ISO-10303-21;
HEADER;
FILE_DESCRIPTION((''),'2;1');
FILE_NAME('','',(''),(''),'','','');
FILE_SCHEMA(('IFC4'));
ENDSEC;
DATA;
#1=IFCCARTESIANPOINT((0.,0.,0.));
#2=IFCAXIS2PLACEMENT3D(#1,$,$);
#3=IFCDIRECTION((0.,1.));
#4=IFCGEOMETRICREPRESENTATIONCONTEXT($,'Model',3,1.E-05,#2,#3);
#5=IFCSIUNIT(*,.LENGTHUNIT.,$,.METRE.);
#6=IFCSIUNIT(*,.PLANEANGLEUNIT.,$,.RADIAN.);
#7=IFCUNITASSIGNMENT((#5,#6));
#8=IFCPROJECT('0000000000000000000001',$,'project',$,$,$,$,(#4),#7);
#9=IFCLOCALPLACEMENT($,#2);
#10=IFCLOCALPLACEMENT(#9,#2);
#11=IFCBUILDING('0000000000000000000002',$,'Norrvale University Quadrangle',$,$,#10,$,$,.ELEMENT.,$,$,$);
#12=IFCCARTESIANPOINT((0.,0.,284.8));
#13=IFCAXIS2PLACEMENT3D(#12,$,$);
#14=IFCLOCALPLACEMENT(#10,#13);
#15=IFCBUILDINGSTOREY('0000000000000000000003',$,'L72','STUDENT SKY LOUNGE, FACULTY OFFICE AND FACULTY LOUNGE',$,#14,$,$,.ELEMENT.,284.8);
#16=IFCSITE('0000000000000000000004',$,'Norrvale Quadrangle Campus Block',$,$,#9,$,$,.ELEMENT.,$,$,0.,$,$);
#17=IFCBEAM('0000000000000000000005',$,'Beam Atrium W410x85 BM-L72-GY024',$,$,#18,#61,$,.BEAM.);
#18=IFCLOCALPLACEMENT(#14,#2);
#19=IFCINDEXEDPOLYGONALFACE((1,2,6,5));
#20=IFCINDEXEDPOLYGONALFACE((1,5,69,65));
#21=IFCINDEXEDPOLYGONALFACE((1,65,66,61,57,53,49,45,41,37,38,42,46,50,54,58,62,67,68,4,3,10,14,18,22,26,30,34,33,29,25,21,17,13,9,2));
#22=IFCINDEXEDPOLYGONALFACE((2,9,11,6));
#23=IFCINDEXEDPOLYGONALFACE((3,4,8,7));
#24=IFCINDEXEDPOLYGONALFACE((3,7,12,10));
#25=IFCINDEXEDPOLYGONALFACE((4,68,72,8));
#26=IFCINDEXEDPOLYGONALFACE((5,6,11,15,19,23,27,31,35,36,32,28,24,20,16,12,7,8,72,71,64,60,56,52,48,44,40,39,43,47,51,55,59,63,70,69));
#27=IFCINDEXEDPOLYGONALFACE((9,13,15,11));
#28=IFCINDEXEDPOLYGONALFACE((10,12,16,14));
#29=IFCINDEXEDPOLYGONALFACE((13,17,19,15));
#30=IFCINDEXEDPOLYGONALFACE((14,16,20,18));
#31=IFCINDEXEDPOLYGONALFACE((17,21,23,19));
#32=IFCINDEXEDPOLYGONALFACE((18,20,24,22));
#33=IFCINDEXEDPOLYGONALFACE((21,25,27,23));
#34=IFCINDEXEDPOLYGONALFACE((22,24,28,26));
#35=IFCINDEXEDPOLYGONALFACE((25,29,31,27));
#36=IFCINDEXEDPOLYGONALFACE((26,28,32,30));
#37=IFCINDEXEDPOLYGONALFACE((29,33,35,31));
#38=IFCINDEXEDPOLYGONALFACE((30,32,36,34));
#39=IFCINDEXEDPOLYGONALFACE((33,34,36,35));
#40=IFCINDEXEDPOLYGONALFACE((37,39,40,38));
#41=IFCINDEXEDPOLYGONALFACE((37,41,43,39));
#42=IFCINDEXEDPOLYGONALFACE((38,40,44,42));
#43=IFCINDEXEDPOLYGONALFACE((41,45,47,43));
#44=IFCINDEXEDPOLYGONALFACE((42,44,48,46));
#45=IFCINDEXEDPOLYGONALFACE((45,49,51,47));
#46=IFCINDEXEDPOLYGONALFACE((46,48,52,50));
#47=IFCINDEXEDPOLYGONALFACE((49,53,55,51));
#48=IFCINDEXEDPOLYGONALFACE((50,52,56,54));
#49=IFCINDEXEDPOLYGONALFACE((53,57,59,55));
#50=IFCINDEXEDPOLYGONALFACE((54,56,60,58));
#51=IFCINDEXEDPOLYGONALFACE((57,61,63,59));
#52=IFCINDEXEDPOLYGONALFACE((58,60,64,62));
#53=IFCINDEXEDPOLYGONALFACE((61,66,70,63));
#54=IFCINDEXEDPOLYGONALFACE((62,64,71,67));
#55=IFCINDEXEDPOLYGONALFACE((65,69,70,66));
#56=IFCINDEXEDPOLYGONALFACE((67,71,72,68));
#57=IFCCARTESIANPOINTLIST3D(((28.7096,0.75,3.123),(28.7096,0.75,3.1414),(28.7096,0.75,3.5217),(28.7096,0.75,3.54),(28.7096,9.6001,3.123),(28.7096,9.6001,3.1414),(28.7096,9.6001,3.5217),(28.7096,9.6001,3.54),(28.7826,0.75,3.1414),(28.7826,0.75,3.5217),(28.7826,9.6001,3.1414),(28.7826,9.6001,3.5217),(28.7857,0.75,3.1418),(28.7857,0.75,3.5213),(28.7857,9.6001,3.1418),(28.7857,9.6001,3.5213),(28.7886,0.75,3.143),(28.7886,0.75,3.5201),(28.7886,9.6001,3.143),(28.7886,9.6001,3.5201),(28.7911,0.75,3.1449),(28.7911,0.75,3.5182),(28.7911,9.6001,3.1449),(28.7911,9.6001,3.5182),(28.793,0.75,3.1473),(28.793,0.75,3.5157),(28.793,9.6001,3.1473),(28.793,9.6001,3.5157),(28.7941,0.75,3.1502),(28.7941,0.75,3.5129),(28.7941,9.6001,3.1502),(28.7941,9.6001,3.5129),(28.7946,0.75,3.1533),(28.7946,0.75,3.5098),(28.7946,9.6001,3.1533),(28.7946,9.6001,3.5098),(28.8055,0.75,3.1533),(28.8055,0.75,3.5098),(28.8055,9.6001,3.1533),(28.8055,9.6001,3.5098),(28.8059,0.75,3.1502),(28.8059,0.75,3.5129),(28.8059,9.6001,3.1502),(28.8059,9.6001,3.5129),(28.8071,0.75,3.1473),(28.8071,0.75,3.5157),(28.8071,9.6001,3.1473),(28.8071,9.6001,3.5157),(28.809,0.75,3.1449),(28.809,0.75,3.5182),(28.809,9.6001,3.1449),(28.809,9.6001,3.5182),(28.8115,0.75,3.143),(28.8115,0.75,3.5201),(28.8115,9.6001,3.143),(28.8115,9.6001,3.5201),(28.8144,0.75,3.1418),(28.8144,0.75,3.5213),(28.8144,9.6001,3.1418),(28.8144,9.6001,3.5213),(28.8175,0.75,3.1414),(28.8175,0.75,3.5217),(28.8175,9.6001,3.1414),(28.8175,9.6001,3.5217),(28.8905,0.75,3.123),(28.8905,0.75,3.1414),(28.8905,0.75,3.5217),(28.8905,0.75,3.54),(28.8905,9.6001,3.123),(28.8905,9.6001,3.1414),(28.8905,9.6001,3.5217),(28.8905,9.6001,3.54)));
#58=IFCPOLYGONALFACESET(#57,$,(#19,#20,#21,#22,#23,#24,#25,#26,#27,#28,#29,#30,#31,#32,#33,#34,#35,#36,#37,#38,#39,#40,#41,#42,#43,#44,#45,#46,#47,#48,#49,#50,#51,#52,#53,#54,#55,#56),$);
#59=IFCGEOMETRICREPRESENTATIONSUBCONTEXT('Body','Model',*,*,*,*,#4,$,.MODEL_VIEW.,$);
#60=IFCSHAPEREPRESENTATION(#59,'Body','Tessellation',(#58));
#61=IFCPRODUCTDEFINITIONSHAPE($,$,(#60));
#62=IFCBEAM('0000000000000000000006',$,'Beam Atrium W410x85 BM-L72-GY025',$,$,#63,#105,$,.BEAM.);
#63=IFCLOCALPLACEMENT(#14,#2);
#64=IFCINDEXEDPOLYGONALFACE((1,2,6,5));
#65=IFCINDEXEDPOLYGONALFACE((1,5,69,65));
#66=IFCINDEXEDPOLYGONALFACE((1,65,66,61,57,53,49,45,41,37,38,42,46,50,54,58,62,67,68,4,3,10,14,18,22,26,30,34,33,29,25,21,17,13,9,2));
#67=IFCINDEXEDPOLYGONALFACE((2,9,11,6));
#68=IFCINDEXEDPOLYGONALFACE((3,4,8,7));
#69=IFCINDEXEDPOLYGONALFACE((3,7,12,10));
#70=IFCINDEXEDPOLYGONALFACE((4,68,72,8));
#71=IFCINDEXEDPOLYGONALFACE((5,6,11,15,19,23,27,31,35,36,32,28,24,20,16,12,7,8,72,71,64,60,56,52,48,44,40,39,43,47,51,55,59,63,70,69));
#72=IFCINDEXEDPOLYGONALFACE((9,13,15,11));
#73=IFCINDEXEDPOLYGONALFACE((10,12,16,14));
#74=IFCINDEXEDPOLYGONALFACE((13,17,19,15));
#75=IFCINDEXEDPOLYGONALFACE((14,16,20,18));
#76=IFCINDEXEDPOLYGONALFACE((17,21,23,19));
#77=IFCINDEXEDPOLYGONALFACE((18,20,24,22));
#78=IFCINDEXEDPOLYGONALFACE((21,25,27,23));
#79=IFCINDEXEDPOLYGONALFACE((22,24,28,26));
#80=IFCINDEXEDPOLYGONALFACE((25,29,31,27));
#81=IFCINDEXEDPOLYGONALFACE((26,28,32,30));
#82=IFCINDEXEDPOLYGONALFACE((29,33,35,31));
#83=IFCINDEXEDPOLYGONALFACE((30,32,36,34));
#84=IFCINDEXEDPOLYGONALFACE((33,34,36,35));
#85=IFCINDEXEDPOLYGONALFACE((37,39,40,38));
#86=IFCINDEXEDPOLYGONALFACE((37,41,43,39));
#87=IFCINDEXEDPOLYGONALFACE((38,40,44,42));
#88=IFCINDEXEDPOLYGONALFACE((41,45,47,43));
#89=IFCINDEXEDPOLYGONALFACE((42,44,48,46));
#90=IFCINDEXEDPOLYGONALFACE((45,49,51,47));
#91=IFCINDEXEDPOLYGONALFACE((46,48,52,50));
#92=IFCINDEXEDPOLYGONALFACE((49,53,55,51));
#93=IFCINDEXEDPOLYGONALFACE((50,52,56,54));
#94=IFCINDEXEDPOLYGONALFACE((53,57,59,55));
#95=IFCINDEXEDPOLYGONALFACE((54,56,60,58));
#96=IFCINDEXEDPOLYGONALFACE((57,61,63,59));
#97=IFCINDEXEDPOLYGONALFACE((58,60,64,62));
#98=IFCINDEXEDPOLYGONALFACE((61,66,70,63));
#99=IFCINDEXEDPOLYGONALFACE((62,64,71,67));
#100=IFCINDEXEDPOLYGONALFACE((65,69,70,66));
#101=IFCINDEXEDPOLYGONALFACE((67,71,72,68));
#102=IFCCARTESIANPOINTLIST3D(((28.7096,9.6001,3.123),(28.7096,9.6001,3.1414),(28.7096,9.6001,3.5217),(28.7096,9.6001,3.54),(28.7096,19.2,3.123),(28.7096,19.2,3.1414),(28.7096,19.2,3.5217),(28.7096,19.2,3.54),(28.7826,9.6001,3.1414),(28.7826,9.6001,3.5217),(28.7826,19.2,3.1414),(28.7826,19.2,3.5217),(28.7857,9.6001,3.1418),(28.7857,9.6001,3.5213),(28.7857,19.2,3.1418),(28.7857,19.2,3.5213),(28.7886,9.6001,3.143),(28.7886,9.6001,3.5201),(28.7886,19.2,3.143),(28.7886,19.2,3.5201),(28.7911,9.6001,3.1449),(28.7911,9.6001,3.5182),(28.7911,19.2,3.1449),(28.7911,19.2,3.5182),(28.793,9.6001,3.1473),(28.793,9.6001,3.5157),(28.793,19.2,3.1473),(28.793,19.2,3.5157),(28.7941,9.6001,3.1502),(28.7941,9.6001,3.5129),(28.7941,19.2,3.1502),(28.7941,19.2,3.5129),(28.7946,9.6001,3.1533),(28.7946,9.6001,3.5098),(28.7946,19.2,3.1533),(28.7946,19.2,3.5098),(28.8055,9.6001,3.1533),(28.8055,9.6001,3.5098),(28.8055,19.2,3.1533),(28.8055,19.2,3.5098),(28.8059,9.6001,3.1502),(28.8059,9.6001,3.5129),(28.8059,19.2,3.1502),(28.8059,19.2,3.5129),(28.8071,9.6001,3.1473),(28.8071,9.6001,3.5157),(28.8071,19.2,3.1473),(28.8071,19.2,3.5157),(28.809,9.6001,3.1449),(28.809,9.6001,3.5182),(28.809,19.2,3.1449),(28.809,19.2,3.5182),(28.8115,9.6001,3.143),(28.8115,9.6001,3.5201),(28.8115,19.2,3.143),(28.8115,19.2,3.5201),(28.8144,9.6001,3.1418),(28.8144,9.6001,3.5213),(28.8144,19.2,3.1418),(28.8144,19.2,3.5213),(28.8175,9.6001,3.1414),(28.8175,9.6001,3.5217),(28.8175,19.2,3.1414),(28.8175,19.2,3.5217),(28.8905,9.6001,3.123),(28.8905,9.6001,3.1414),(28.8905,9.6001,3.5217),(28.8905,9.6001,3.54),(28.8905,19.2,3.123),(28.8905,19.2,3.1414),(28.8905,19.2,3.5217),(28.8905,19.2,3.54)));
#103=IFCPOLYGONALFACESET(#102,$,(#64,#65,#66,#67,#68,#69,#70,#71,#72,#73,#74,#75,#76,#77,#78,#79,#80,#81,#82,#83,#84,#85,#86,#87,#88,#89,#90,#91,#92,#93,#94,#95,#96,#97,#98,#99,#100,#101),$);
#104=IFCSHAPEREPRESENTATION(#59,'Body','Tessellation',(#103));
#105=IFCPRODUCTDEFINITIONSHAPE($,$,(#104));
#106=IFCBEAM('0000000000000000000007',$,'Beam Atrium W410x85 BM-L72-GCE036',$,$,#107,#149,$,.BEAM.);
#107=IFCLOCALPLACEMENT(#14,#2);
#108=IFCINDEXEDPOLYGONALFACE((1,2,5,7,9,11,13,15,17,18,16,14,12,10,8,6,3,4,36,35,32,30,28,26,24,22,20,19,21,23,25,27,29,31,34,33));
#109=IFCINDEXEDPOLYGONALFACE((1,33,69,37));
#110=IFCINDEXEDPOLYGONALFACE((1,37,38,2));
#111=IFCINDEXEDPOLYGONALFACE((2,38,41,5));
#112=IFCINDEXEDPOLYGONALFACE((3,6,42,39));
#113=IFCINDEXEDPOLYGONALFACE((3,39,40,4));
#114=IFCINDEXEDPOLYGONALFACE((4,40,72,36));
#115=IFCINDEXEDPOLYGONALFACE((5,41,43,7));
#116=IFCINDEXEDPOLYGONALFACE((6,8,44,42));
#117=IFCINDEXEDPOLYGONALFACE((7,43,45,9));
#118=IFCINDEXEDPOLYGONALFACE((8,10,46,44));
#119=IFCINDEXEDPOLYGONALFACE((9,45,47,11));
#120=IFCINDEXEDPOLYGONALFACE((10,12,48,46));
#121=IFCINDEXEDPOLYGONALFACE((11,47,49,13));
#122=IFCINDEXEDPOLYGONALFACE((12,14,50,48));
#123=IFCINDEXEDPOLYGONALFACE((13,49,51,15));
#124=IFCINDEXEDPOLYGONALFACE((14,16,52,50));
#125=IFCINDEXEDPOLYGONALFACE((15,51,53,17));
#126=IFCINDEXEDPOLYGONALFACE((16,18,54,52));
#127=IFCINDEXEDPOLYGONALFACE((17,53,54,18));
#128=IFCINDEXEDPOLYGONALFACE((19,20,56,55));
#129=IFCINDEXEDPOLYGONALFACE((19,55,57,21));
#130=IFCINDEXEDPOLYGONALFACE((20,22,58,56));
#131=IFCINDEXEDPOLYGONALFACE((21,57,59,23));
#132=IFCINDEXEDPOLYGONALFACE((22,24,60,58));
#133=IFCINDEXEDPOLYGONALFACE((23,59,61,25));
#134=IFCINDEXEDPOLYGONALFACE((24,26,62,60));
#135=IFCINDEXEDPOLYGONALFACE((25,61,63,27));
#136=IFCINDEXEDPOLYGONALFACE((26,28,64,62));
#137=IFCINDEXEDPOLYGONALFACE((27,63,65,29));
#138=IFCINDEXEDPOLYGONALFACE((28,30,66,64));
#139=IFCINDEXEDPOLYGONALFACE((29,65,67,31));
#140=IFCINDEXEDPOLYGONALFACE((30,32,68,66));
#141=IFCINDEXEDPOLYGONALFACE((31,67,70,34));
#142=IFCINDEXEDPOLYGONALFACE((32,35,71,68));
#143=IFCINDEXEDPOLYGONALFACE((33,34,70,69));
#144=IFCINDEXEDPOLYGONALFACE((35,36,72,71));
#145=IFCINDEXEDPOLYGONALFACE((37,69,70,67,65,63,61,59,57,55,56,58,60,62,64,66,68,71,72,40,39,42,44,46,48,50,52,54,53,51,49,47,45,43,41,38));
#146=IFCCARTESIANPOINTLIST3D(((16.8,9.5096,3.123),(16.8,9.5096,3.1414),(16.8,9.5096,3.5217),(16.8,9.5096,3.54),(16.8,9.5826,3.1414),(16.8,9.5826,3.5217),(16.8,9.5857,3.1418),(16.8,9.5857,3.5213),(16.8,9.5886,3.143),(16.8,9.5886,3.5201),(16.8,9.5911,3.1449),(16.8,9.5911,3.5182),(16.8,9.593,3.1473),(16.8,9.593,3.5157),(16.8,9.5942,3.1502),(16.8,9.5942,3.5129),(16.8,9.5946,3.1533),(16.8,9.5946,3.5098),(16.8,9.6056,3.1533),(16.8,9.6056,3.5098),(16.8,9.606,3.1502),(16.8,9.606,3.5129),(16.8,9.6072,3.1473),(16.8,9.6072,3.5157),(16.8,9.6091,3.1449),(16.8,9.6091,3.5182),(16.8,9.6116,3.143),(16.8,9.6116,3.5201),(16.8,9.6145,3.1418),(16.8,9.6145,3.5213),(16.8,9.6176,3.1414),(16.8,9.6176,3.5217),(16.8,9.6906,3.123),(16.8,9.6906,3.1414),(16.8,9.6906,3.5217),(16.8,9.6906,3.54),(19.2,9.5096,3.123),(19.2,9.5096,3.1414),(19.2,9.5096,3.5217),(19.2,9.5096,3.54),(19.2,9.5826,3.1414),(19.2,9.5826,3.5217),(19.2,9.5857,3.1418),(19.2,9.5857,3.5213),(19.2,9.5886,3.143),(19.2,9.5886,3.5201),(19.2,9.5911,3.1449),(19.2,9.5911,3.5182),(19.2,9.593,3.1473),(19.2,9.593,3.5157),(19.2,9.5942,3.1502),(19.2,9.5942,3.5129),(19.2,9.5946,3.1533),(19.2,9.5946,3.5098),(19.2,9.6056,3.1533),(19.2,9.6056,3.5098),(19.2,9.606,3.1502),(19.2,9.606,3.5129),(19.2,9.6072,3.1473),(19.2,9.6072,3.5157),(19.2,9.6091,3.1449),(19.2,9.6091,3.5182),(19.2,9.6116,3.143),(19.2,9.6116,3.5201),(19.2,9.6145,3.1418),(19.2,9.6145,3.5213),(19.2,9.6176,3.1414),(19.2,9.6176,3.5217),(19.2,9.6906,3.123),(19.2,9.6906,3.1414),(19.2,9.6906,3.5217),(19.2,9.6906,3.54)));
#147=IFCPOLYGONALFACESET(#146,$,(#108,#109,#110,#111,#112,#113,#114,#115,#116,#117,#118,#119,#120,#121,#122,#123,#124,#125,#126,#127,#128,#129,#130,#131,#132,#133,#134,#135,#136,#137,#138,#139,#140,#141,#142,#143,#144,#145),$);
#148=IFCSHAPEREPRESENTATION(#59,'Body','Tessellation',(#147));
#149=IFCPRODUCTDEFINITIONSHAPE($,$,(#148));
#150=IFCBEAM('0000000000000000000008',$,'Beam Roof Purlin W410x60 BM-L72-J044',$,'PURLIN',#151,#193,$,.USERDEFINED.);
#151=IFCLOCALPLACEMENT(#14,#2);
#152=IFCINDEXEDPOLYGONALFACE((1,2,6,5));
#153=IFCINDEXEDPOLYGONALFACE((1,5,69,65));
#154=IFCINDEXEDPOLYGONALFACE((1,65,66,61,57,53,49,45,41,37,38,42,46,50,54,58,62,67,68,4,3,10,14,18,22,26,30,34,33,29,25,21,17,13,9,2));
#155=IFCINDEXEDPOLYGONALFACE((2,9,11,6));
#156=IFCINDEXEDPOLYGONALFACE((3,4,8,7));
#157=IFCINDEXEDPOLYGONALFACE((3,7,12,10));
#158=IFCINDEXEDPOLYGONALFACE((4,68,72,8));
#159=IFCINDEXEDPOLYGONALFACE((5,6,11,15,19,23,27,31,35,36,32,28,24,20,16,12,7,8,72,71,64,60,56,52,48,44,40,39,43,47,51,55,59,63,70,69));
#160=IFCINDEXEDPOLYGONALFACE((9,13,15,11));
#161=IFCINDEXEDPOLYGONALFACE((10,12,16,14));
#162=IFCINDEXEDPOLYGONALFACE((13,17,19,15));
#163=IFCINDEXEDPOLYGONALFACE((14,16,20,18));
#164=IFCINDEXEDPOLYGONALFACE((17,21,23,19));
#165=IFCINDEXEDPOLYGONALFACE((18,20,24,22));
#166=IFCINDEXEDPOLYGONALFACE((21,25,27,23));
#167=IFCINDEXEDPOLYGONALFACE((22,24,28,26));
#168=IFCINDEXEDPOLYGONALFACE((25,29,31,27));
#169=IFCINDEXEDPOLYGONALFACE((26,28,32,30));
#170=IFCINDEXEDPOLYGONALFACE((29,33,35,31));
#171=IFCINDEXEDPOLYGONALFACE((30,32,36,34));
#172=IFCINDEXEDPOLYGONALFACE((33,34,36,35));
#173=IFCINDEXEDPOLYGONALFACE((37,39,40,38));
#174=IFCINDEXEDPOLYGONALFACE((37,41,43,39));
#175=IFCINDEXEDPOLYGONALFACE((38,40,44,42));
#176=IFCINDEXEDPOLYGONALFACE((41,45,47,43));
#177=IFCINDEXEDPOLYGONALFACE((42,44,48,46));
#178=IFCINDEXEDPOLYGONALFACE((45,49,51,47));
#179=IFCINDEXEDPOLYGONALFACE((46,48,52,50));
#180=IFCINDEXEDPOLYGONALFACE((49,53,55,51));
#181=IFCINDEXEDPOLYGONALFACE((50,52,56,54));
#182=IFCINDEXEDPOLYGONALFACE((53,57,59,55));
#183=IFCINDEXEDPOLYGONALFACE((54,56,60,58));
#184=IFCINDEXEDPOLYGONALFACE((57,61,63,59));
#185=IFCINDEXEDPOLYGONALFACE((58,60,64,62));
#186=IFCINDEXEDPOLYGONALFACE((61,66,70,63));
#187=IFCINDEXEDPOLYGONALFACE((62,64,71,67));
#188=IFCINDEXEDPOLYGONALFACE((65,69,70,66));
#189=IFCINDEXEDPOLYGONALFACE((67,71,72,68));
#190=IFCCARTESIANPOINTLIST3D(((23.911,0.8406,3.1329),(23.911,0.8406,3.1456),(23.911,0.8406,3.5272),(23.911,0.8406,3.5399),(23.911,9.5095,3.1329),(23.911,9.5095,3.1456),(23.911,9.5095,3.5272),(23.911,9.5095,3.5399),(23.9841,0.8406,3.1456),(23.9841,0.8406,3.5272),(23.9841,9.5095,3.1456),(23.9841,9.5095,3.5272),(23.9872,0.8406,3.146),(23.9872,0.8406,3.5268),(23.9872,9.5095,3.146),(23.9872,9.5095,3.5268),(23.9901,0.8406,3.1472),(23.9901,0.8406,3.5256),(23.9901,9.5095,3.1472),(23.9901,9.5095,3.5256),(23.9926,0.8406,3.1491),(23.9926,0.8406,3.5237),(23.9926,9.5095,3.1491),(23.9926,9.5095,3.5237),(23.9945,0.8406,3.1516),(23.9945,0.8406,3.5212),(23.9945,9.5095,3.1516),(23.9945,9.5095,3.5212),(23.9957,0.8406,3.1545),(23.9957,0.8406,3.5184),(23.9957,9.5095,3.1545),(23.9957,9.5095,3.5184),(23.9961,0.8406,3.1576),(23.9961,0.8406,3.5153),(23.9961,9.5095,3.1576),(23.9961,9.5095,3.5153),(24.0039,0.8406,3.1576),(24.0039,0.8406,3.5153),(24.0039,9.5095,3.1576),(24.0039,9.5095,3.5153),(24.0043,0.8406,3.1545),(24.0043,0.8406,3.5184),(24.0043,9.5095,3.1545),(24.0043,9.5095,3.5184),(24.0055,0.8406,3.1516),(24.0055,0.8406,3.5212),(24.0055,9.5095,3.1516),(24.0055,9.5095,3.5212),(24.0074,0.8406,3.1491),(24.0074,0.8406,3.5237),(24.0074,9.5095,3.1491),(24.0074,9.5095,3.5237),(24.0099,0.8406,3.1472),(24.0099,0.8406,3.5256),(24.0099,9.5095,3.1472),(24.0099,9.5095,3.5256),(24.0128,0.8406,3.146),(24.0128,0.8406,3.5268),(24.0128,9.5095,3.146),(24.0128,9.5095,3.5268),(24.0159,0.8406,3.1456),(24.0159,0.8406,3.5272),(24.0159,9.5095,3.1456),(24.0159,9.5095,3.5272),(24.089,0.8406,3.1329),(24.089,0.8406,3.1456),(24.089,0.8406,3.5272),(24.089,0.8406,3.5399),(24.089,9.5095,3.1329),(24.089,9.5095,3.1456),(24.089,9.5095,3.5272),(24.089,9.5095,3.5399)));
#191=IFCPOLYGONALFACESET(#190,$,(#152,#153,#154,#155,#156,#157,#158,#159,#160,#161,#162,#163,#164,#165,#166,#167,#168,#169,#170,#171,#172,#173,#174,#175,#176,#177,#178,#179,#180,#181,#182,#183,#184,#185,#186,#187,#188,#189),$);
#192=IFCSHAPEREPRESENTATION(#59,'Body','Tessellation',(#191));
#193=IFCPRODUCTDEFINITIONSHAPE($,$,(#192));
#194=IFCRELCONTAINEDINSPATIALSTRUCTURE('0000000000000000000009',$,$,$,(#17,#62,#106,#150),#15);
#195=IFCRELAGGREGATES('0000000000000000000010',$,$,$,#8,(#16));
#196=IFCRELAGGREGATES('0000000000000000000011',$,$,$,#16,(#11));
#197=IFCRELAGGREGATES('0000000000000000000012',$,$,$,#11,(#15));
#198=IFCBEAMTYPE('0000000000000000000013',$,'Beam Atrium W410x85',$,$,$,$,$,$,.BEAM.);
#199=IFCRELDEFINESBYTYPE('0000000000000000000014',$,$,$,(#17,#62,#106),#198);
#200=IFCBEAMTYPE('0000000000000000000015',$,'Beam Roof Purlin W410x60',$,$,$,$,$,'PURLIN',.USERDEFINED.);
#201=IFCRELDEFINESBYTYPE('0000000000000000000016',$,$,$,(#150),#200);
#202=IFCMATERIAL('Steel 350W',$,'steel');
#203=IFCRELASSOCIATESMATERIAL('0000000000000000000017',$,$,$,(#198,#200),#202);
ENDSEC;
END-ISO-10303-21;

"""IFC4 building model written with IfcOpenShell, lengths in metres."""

from ifc_helpers import new_model, si_unit, direction, frame, origin, origin_2d, place, context, subcontext, project, spatial, i_section, extrude, material, material_profile, profile_set, type_object, element, save


model = new_model("IFC4")

# Units and contexts
model_context = context("Model", 3, precision=1e-05, world=origin(), true_north=direction((0.0, 1.0)))
body_context = subcontext(model_context, "Body", "Model", "MODEL_VIEW")
ifc_project = project(units=[si_unit("LENGTHUNIT", "METRE"), si_unit("PLANEANGLEUNIT", "RADIAN")], contexts=[model_context])

# Site, building, storey
site_placement = place(None, origin())
site = spatial("IfcSite", under=ifc_project, at=site_placement, Name="Norrvale Quadrangle Campus Block", CompositionType="ELEMENT", RefElevation=0.0)
building_placement = place(site_placement, origin())
building = spatial("IfcBuilding", under=site, at=building_placement, Name="Norrvale University Quadrangle", CompositionType="ELEMENT")
storey_placement = place(building_placement, frame((0.0, 0.0, 284.8)))
storey = spatial("IfcBuildingStorey", under=building, at=storey_placement, Name="L72", Description="STUDENT SKY LOUNGE, FACULTY OFFICE AND FACULTY LOUNGE", CompositionType="ELEMENT", Elevation=284.8)

# Beams
ifc_material_1 = material(Name="Steel 350W", Category="steel")
ifc_material_profile_1 = material_profile(ifc_material_1, i_section(OverallWidth=0.1809, OverallDepth=0.417, WebThickness=0.011, FlangeThickness=0.0183, FilletRadius=0.012, at=origin_2d()), Name="Steel 350W")
ifc_profile_set_1 = profile_set([ifc_material_profile_1], Name="Steel 350W")
beam_type_1 = type_object("IfcBeamType", Name="Beam Atrium W410x85", PredefinedType="BEAM", material=ifc_profile_set_1)
beam_1_placement = place(storey_placement, frame((28.8, 0.75, 3.3315), z_axis=(0.0, 1.0, 0.0), x_axis=(-1.0, 0.0, 0.0)))
element("IfcBeam", 1, at=beam_1_placement, inside=storey, type_object=beam_type_1, Name="Beam Atrium W410x85 BM-L72-GY024", PredefinedType="BEAM", context=body_context, shape_type="SweptSolid", body=[
    extrude(i_section(OverallWidth=0.1809, OverallDepth=0.417, WebThickness=0.011, FlangeThickness=0.0183, FilletRadius=0.012, at=origin_2d()), origin(), (0.0, 0.0, 1.0), 8.8501),
])
beam_2_placement = place(storey_placement, frame((28.8, 9.6001, 3.3315), z_axis=(0.0, 1.0, 0.0), x_axis=(-1.0, 0.0, 0.0)))
element("IfcBeam", 2, at=beam_2_placement, inside=storey, type_object=beam_type_1, Name="Beam Atrium W410x85 BM-L72-GY025", PredefinedType="BEAM", context=body_context, shape_type="SweptSolid", body=[
    extrude(i_section(OverallWidth=0.1809, OverallDepth=0.417, WebThickness=0.011, FlangeThickness=0.0183, FilletRadius=0.012, at=origin_2d()), origin(), (0.0, 0.0, 1.0), 9.5999),
])
beam_3_placement = place(storey_placement, frame((16.8, 9.6001, 3.3315), z_axis=(1.0, 0.0, 0.0), x_axis=(0.0, 1.0, 0.0)))
element("IfcBeam", 3, at=beam_3_placement, inside=storey, type_object=beam_type_1, Name="Beam Atrium W410x85 BM-L72-GCE036", PredefinedType="BEAM", context=body_context, shape_type="SweptSolid", body=[
    extrude(i_section(OverallWidth=0.1809, OverallDepth=0.417, WebThickness=0.011, FlangeThickness=0.0183, FilletRadius=0.012, at=origin_2d()), origin(), (0.0, 0.0, 1.0), 2.3999),
])
ifc_material_profile_2 = material_profile(ifc_material_1, i_section(OverallWidth=0.178, OverallDepth=0.407, WebThickness=0.0078, FlangeThickness=0.0127, FilletRadius=0.012, at=origin_2d()), Name="Steel 350W")
ifc_profile_set_2 = profile_set([ifc_material_profile_2], Name="Steel 350W")
beam_type_2 = type_object("IfcBeamType", Name="Beam Roof Purlin W410x60", ElementType="PURLIN", PredefinedType="USERDEFINED", material=ifc_profile_set_2)
beam_4_placement = place(storey_placement, frame((24.0, 0.8406, 3.3364), z_axis=(0.0, 1.0, 0.0), x_axis=(-1.0, 0.0, 0.0)))
element("IfcBeam", 4, at=beam_4_placement, inside=storey, type_object=beam_type_2, Name="Beam Roof Purlin W410x60 BM-L72-J044", ObjectType="PURLIN", PredefinedType="USERDEFINED", context=body_context, shape_type="SweptSolid", body=[
    extrude(i_section(OverallWidth=0.178, OverallDepth=0.407, WebThickness=0.0078, FlangeThickness=0.0127, FilletRadius=0.012, at=origin_2d()), origin(), (0.0, 0.0, 1.0), 8.6689),
])

save(model, "model.ifc")
